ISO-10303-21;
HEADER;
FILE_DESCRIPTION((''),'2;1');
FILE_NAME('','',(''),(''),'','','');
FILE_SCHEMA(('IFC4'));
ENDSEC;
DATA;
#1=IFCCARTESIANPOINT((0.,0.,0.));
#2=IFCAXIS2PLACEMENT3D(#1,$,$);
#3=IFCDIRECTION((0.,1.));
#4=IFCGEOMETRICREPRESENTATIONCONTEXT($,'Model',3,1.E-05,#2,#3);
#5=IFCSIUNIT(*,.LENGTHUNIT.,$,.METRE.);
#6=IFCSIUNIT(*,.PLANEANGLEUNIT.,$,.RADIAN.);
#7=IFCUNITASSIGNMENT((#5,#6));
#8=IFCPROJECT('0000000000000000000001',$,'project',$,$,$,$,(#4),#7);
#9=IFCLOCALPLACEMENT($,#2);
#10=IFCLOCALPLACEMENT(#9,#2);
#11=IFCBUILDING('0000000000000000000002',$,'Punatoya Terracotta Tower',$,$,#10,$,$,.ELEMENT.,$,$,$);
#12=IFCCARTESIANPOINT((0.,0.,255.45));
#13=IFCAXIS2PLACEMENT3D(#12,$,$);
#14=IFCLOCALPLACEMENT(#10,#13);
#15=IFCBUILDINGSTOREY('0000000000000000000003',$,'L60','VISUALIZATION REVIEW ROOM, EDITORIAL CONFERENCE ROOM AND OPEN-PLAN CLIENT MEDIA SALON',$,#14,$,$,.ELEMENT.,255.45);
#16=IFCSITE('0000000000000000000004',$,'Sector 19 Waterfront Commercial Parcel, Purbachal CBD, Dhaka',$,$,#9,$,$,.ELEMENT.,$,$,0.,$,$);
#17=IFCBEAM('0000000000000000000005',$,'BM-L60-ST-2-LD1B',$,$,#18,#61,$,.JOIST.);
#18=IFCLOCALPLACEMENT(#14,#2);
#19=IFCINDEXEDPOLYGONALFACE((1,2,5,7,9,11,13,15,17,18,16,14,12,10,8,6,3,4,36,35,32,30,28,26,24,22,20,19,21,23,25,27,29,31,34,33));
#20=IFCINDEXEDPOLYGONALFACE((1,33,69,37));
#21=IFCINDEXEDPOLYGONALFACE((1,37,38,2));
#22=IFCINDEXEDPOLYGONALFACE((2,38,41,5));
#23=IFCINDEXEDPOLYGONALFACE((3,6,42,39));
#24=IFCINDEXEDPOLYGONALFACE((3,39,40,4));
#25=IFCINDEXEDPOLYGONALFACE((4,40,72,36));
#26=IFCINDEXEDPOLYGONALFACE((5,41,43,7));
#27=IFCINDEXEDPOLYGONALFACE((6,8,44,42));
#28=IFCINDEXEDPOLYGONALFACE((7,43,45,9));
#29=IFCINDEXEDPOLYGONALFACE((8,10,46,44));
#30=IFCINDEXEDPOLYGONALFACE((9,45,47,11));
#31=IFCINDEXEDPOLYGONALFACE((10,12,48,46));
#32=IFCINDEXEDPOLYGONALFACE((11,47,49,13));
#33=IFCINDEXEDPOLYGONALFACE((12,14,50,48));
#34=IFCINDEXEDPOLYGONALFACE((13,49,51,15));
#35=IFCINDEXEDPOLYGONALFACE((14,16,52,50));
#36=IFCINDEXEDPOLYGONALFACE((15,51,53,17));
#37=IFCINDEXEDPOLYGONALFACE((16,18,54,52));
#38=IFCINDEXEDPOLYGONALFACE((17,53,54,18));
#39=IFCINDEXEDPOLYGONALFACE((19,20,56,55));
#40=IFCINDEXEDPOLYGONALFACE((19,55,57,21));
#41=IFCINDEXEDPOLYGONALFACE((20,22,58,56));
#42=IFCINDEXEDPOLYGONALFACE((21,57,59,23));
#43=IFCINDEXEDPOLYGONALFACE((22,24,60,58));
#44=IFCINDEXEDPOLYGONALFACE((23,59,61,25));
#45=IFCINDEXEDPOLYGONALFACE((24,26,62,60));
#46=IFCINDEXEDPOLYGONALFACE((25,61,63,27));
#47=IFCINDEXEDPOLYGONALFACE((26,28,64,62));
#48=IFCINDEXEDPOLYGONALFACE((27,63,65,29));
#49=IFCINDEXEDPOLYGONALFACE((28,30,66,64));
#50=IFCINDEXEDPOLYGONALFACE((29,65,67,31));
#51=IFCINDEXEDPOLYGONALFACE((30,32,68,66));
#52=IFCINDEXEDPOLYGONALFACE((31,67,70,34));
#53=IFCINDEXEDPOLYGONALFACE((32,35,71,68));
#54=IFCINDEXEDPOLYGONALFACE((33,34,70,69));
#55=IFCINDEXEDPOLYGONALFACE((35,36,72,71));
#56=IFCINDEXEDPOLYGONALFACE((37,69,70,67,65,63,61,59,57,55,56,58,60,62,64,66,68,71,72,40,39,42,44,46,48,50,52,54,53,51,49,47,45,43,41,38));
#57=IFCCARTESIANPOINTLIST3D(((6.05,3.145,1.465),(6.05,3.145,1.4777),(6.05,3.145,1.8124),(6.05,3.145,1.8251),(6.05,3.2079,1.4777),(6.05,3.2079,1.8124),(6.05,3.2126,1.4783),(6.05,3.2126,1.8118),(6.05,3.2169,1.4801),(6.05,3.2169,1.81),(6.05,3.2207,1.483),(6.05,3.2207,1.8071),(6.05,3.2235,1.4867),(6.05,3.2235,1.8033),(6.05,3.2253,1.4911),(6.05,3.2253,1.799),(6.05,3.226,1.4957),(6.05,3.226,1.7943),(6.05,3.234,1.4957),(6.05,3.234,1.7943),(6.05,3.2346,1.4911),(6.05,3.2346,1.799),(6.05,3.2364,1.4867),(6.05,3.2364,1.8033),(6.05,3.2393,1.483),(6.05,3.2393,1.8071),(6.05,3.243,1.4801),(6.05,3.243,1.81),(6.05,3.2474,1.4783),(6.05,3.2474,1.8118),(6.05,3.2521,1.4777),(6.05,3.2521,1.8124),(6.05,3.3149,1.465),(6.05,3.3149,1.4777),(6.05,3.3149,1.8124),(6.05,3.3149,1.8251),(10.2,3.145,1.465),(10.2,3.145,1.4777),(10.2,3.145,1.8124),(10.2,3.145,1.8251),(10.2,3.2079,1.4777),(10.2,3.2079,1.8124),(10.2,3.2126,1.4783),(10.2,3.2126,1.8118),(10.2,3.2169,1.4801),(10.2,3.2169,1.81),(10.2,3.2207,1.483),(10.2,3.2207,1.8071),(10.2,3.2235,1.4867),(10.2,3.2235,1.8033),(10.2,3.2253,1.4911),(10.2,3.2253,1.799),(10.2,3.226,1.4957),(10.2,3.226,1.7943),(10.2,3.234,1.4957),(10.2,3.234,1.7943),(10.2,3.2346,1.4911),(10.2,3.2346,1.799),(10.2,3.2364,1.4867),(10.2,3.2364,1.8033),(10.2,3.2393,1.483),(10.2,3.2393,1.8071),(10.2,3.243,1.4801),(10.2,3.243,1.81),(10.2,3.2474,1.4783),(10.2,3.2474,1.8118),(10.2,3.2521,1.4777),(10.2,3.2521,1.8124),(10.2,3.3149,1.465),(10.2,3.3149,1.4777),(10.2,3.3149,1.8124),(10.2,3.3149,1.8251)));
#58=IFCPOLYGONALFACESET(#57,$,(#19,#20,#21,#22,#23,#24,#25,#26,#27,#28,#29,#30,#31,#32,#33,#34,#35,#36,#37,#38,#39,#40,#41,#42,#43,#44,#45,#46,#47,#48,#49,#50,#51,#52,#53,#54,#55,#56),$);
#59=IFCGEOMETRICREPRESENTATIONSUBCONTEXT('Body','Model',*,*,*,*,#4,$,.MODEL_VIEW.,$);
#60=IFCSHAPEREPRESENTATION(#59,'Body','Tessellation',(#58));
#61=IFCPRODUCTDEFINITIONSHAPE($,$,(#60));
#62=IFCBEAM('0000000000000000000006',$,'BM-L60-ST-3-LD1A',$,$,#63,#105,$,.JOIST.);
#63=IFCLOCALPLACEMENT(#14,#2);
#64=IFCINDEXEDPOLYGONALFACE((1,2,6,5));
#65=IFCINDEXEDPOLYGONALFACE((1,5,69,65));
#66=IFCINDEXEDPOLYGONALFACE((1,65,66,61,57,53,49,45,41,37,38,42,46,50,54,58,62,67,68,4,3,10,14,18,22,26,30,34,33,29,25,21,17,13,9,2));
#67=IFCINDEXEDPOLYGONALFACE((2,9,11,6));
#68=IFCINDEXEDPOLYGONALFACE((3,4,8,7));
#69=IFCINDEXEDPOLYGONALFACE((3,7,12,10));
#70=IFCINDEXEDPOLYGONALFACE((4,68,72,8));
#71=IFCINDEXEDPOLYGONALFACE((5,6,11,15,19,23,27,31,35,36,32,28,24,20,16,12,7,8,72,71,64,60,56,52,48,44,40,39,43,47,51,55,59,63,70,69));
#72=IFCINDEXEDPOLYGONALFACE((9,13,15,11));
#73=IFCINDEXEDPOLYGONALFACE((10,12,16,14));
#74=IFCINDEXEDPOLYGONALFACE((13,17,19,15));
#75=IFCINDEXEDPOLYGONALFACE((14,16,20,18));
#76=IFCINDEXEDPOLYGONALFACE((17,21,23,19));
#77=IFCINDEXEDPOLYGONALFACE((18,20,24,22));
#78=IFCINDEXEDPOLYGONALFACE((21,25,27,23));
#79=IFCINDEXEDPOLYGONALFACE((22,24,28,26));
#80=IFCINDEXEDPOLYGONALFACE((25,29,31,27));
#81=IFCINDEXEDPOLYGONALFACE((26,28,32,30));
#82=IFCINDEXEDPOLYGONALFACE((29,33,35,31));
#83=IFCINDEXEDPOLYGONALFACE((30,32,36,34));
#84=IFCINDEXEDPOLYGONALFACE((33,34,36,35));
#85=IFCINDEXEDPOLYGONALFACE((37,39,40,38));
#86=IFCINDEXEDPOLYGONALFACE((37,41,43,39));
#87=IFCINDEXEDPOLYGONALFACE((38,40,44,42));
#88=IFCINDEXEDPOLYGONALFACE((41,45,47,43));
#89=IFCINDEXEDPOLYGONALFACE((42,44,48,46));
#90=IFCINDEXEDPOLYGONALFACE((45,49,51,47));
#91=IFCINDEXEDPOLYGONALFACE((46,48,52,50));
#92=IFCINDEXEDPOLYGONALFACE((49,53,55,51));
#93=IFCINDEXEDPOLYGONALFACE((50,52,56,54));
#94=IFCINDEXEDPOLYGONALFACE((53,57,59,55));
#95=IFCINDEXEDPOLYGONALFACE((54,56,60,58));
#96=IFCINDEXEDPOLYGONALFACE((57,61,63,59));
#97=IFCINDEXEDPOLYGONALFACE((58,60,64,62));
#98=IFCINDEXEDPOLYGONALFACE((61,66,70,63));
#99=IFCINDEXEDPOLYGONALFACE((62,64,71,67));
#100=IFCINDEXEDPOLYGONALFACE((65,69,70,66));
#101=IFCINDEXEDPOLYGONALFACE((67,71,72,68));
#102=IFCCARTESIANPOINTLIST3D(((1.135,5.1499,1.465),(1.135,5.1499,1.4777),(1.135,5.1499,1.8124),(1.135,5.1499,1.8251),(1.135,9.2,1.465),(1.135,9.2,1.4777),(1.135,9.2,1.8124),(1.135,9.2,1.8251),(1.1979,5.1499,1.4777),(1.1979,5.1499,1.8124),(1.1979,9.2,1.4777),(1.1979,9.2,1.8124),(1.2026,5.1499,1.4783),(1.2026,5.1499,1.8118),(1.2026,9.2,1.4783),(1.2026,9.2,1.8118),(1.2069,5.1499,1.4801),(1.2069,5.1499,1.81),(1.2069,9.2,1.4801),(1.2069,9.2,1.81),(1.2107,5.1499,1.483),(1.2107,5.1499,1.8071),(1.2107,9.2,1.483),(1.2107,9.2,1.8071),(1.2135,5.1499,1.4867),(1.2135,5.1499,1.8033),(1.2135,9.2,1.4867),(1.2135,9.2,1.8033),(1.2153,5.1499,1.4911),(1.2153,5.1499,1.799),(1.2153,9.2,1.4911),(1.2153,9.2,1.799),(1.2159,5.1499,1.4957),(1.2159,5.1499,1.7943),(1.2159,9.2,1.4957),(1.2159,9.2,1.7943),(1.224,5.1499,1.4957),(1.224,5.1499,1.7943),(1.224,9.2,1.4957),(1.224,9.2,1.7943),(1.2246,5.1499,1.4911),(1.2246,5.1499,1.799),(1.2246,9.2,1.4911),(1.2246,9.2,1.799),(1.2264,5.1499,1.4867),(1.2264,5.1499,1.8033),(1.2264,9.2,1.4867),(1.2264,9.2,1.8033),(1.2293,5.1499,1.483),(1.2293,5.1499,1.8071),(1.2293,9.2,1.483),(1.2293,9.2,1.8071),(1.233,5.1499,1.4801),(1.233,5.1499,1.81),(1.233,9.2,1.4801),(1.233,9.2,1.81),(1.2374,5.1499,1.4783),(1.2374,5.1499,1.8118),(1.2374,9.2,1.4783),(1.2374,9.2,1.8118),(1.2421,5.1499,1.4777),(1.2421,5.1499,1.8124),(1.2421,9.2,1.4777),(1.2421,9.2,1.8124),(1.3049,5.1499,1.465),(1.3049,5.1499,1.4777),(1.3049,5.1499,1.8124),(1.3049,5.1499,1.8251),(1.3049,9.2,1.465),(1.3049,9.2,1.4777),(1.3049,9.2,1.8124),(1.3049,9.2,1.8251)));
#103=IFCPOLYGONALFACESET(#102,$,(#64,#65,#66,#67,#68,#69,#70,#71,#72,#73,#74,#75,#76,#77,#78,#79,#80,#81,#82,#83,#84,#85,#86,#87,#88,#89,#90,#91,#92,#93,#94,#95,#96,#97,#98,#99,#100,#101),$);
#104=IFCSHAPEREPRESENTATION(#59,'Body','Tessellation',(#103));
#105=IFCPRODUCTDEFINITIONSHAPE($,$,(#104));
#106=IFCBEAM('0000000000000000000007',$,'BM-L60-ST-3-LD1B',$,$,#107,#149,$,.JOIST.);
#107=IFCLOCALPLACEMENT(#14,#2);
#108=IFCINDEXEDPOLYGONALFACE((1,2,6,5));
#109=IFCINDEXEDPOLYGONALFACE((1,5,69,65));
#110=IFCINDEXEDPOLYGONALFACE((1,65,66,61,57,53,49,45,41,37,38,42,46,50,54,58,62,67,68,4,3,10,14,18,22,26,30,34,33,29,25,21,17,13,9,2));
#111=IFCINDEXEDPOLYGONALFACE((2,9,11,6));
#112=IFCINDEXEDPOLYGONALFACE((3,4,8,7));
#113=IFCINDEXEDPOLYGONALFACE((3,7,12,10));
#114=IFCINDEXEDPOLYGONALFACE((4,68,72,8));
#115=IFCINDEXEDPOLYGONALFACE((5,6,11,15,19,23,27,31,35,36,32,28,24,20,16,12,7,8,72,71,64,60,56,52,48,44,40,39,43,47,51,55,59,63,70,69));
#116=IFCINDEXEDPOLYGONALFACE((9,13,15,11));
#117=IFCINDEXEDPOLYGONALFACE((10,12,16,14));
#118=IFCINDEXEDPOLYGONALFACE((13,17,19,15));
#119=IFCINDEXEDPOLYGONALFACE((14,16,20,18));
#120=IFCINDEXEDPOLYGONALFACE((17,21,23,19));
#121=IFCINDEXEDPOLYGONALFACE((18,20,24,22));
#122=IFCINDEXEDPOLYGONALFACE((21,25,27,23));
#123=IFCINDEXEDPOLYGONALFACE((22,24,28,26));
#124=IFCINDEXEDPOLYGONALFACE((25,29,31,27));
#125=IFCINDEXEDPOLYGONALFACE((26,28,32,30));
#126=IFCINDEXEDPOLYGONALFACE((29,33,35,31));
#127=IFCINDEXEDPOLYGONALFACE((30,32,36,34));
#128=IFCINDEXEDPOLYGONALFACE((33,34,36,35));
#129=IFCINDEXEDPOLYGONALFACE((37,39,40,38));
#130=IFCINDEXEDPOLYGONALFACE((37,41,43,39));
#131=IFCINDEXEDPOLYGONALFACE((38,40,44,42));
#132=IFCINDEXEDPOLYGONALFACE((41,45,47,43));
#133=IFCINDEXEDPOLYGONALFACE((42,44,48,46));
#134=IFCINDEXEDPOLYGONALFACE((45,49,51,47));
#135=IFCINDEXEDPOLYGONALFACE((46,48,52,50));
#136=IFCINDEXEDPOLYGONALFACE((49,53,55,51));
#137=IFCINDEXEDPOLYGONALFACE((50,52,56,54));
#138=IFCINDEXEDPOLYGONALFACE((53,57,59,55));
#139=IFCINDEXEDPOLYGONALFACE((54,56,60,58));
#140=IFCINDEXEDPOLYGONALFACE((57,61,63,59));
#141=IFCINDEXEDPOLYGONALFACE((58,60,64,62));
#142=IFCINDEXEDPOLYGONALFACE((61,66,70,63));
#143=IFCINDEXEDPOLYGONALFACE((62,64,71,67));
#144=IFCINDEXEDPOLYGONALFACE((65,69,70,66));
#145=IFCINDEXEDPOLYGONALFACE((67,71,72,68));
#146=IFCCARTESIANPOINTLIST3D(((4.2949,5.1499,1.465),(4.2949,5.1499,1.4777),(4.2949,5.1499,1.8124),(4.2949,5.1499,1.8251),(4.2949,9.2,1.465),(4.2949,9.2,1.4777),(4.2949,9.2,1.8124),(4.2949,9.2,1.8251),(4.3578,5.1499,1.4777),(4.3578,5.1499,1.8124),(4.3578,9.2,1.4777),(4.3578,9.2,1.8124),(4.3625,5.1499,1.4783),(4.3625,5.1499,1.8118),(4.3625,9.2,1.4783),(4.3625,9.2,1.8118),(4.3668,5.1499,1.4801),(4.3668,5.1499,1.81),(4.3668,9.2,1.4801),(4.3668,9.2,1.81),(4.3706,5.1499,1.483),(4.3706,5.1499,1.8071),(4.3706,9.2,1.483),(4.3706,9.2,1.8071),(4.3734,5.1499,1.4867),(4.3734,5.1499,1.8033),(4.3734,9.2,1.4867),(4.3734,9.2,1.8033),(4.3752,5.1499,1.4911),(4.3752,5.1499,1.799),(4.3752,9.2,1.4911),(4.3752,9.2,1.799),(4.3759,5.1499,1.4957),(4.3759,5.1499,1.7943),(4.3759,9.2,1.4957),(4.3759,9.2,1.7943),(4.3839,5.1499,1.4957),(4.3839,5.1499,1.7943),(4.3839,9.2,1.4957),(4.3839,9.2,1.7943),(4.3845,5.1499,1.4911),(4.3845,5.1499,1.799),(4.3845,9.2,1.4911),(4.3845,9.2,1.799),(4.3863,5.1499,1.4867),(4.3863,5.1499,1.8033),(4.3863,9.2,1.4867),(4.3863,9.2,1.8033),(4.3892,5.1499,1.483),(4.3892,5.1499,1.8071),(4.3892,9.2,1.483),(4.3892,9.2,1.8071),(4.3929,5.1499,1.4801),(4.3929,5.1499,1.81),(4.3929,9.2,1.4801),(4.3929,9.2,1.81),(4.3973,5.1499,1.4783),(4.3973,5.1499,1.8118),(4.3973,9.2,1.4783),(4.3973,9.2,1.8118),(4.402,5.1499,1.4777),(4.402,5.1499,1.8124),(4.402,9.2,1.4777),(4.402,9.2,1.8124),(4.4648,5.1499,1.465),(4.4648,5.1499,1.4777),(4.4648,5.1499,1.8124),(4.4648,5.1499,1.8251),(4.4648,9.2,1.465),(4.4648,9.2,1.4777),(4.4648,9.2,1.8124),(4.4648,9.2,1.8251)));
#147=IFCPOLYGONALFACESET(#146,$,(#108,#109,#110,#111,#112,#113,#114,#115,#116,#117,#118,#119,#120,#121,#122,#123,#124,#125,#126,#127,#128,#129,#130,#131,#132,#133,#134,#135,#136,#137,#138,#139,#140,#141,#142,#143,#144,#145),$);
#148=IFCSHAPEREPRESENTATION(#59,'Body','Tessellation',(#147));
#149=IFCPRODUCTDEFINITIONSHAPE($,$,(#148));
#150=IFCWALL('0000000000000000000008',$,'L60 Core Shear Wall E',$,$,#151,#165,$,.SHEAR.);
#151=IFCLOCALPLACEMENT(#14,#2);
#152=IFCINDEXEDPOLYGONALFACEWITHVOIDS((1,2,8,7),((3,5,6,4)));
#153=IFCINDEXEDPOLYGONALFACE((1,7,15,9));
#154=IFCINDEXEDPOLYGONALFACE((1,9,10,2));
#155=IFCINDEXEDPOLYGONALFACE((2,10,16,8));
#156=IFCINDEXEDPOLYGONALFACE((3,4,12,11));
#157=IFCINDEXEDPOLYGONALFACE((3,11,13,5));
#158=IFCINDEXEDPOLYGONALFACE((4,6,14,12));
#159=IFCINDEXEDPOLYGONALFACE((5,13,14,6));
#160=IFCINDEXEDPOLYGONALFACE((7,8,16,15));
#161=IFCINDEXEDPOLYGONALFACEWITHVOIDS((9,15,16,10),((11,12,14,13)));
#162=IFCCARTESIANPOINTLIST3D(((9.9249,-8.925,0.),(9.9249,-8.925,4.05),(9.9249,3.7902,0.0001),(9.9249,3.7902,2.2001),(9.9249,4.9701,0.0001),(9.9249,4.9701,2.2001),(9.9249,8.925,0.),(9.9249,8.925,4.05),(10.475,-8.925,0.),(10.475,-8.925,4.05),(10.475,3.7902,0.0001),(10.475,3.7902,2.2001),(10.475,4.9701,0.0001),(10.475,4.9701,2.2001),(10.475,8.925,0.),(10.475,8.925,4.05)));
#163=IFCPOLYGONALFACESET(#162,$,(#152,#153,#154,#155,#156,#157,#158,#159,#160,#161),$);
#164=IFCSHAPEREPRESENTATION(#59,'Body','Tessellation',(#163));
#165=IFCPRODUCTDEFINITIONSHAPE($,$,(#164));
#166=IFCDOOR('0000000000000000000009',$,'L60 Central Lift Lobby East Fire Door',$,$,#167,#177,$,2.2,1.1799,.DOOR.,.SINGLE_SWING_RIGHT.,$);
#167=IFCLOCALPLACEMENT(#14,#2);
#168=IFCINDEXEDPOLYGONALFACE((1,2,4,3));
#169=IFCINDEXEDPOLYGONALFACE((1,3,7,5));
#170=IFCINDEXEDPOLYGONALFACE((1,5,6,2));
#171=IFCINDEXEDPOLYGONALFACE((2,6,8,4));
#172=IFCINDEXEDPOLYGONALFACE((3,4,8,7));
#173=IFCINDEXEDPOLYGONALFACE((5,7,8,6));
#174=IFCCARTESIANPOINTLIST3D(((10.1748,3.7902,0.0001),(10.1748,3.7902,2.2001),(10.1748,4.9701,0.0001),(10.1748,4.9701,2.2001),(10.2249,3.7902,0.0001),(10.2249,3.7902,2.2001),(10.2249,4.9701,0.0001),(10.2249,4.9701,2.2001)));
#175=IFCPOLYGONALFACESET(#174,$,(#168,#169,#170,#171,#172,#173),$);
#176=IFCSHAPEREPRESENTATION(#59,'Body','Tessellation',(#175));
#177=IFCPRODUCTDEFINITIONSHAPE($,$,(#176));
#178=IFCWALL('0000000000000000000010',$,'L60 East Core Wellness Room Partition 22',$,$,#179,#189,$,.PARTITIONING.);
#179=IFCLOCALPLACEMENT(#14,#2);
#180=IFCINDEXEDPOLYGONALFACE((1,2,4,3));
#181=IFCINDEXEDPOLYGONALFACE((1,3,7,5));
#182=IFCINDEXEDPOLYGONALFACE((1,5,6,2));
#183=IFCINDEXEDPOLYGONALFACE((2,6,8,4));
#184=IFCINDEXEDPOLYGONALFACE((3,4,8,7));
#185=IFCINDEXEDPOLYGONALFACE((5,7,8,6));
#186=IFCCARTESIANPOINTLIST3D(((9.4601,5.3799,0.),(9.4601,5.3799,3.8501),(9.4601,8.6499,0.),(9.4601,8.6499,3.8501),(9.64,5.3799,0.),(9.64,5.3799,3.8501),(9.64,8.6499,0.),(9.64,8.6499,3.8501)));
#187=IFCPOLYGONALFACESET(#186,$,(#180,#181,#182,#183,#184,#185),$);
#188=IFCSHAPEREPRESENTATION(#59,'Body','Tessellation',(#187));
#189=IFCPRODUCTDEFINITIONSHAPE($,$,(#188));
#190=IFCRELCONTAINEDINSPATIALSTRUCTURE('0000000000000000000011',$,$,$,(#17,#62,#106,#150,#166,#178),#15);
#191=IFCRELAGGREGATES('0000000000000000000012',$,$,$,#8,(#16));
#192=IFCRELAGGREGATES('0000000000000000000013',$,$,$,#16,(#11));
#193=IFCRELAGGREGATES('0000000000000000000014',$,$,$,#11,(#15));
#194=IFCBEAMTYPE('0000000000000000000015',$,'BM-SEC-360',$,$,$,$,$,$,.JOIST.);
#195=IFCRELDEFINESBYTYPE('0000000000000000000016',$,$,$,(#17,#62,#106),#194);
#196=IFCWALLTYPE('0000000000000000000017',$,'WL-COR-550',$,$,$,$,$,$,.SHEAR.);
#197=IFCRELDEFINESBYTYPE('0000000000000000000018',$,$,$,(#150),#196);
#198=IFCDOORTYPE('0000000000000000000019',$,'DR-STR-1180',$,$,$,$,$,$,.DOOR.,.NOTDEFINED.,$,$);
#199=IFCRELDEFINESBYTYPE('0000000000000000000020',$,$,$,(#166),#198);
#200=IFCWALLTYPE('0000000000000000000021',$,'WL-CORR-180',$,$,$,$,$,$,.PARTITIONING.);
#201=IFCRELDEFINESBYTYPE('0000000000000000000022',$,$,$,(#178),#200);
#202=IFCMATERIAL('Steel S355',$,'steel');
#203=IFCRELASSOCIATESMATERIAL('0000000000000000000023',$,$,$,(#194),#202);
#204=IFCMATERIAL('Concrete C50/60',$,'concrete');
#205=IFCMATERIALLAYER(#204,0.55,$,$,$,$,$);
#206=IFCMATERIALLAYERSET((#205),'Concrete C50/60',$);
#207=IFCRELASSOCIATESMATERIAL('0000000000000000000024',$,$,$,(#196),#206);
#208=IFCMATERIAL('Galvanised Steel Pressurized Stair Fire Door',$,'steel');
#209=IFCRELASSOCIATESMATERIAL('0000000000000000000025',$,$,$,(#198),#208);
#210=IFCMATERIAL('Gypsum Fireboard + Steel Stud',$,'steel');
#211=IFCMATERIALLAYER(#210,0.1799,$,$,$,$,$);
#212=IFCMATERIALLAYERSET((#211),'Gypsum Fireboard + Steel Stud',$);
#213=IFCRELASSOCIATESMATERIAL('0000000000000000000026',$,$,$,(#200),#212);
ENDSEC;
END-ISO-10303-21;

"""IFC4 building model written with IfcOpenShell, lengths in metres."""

from ifc_helpers import new_model, si_unit, direction, frame, frame_2d, origin, origin_2d, place, context, subcontext, project, spatial, rectangle, i_section, extrude, material, layer, layer_set, material_profile, profile_set, type_object, element, fill, save


model = new_model("IFC4")

# Units and contexts
model_context = context("Model", 3, precision=1e-05, world=origin(), true_north=direction((0.0, 1.0)))
body_context = subcontext(model_context, "Body", "Model", "MODEL_VIEW")
ifc_project = project(units=[si_unit("LENGTHUNIT", "METRE"), si_unit("PLANEANGLEUNIT", "RADIAN")], contexts=[model_context])

# Site, building, storey
site_placement = place(None, origin())
site = spatial("IfcSite", under=ifc_project, at=site_placement, Name="Sector 19 Waterfront Commercial Parcel, Purbachal CBD, Dhaka", CompositionType="ELEMENT", RefElevation=0.0)
building_placement = place(site_placement, origin())
building = spatial("IfcBuilding", under=site, at=building_placement, Name="Punatoya Terracotta Tower", CompositionType="ELEMENT")
storey_placement = place(building_placement, frame((0.0, 0.0, 255.45)))
storey = spatial("IfcBuildingStorey", under=building, at=storey_placement, Name="L60", Description="VISUALIZATION REVIEW ROOM, EDITORIAL CONFERENCE ROOM AND OPEN-PLAN CLIENT MEDIA SALON", CompositionType="ELEMENT", Elevation=255.45)

# Beams
ifc_material_1 = material(Name="Steel S355", Category="steel")
ifc_material_profile_1 = material_profile(ifc_material_1, i_section(OverallWidth=0.1699, OverallDepth=0.3601, WebThickness=0.0081, FlangeThickness=0.0127, FilletRadius=0.0181, at=origin_2d()))
ifc_profile_set_1 = profile_set([ifc_material_profile_1], Name="Steel S355")
beam_type_1 = type_object("IfcBeamType", Name="BM-SEC-360", PredefinedType="JOIST", material=ifc_profile_set_1)
for number, where, z_axis, x_axis, name in (
    (1, (6.05, 3.23, 1.645), (1.0, 0.0, 0.0), (0.0, 1.0, 0.0), "BM-L60-ST-2-LD1B"),
):
    element("IfcBeam", number, at=place(storey_placement, frame(where, z_axis=z_axis, x_axis=x_axis)), inside=storey, type_object=beam_type_1, Name=name, PredefinedType="JOIST", context=body_context, shape_type="SweptSolid", body=[
        extrude(i_section(OverallWidth=0.1699, OverallDepth=0.3601, WebThickness=0.0081, FlangeThickness=0.0127, FilletRadius=0.0181, at=origin_2d()), origin(), (0.0, 0.0, 1.0), 4.1499),
    ])
for number, where, z_axis, x_axis, name in (
    (2, (1.22, 5.1499, 1.645), (0.0, 1.0, 0.0), (-1.0, 0.0, 0.0), "BM-L60-ST-3-LD1A"),
    (3, (4.3799, 5.1499, 1.645), (0.0, 1.0, 0.0), (-1.0, 0.0, 0.0), "BM-L60-ST-3-LD1B"),
):
    element("IfcBeam", number, at=place(storey_placement, frame(where, z_axis=z_axis, x_axis=x_axis)), inside=storey, type_object=beam_type_1, Name=name, PredefinedType="JOIST", context=body_context, shape_type="SweptSolid", body=[
        extrude(i_section(OverallWidth=0.1699, OverallDepth=0.3601, WebThickness=0.0081, FlangeThickness=0.0127, FilletRadius=0.0181, at=origin_2d()), origin(), (0.0, 0.0, 1.0), 4.05),
    ])

# Wall, opening, door
ifc_material_2 = material(Name="Concrete C50/60", Category="concrete")
ifc_layer_1 = layer(ifc_material_2, 0.55)
ifc_layer_set_1 = layer_set([ifc_layer_1], Name="Concrete C50/60")
wall_type_1 = type_object("IfcWallType", Name="WL-COR-550", PredefinedType="SHEAR", material=ifc_layer_set_1)
wall_1_placement = place(storey_placement, frame((10.2, 8.925, 0.0), z_axis=(0.0, 0.0, 1.0), x_axis=(0.0, -1.0, 0.0)))
wall_1 = element("IfcWall", 4, at=wall_1_placement, inside=storey, type_object=wall_type_1, Name="L60 Core Shear Wall E", PredefinedType="SHEAR", context=body_context, shape_type="SweptSolid", body=[
    extrude(rectangle(XDim=17.8501, YDim=0.55, at=frame_2d((8.925, 0.0))), origin(), (0.0, 0.0, 1.0), 4.05),
])
opening_1_placement = place(wall_1_placement, frame((3.9551, 0.0, 0.0)))
opening_1 = element("IfcOpeningElement", 5, at=opening_1_placement, cuts=wall_1, PredefinedType="OPENING", context=body_context, shape_type="SweptSolid", body=[
    extrude(rectangle(XDim=1.1799, YDim=2.2, at=frame_2d((0.5898, 1.1001))), frame((0.0, 0.2849, 0.0), z_axis=(0.0, -1.0, 0.0), x_axis=(1.0, 0.0, 0.0)), (0.0, 0.0, 1.0), 0.5701),
])
ifc_material_3 = material(Name="Galvanised Steel Pressurized Stair Fire Door", Category="steel")
door_type_1 = type_object("IfcDoorType", Name="DR-STR-1180", OperationType="NOTDEFINED", PredefinedType="DOOR", material=ifc_material_3)
door_1_placement = place(opening_1_placement, origin())
door_1 = element("IfcDoor", 6, at=door_1_placement, inside=storey, type_object=door_type_1, Name="L60 Central Lift Lobby East Fire Door", OperationType="SINGLE_SWING_RIGHT", OverallHeight=2.2, OverallWidth=1.1799, PredefinedType="DOOR", context=body_context, shape_type="SweptSolid", body=[
    extrude(rectangle(XDim=1.1799, YDim=2.2, at=frame_2d((0.5898, 1.1001))), frame((0.0, 0.0249, 0.0), z_axis=(0.0, -1.0, 0.0), x_axis=(1.0, 0.0, 0.0)), (0.0, 0.0, 1.0), 0.05),
])
fill(opening_1, door_1)

# Wall
ifc_material_4 = material(Name="Gypsum Fireboard + Steel Stud", Category="steel")
ifc_layer_2 = layer(ifc_material_4, 0.1799)
ifc_layer_set_2 = layer_set([ifc_layer_2], Name="Gypsum Fireboard + Steel Stud")
wall_type_2 = type_object("IfcWallType", Name="WL-CORR-180", PredefinedType="PARTITIONING", material=ifc_layer_set_2)
wall_2_placement = place(storey_placement, frame((9.55, 5.3799, 0.0), z_axis=(0.0, 0.0, 1.0), x_axis=(0.0, 1.0, 0.0)))
element("IfcWall", 7, at=wall_2_placement, inside=storey, type_object=wall_type_2, Name="L60 East Core Wellness Room Partition 22", PredefinedType="PARTITIONING", context=body_context, shape_type="SweptSolid", body=[
    extrude(rectangle(XDim=3.27, YDim=0.1799, at=frame_2d((1.635, 0.0))), origin(), (0.0, 0.0, 1.0), 3.8501),
])

save(model, "model.ifc")
